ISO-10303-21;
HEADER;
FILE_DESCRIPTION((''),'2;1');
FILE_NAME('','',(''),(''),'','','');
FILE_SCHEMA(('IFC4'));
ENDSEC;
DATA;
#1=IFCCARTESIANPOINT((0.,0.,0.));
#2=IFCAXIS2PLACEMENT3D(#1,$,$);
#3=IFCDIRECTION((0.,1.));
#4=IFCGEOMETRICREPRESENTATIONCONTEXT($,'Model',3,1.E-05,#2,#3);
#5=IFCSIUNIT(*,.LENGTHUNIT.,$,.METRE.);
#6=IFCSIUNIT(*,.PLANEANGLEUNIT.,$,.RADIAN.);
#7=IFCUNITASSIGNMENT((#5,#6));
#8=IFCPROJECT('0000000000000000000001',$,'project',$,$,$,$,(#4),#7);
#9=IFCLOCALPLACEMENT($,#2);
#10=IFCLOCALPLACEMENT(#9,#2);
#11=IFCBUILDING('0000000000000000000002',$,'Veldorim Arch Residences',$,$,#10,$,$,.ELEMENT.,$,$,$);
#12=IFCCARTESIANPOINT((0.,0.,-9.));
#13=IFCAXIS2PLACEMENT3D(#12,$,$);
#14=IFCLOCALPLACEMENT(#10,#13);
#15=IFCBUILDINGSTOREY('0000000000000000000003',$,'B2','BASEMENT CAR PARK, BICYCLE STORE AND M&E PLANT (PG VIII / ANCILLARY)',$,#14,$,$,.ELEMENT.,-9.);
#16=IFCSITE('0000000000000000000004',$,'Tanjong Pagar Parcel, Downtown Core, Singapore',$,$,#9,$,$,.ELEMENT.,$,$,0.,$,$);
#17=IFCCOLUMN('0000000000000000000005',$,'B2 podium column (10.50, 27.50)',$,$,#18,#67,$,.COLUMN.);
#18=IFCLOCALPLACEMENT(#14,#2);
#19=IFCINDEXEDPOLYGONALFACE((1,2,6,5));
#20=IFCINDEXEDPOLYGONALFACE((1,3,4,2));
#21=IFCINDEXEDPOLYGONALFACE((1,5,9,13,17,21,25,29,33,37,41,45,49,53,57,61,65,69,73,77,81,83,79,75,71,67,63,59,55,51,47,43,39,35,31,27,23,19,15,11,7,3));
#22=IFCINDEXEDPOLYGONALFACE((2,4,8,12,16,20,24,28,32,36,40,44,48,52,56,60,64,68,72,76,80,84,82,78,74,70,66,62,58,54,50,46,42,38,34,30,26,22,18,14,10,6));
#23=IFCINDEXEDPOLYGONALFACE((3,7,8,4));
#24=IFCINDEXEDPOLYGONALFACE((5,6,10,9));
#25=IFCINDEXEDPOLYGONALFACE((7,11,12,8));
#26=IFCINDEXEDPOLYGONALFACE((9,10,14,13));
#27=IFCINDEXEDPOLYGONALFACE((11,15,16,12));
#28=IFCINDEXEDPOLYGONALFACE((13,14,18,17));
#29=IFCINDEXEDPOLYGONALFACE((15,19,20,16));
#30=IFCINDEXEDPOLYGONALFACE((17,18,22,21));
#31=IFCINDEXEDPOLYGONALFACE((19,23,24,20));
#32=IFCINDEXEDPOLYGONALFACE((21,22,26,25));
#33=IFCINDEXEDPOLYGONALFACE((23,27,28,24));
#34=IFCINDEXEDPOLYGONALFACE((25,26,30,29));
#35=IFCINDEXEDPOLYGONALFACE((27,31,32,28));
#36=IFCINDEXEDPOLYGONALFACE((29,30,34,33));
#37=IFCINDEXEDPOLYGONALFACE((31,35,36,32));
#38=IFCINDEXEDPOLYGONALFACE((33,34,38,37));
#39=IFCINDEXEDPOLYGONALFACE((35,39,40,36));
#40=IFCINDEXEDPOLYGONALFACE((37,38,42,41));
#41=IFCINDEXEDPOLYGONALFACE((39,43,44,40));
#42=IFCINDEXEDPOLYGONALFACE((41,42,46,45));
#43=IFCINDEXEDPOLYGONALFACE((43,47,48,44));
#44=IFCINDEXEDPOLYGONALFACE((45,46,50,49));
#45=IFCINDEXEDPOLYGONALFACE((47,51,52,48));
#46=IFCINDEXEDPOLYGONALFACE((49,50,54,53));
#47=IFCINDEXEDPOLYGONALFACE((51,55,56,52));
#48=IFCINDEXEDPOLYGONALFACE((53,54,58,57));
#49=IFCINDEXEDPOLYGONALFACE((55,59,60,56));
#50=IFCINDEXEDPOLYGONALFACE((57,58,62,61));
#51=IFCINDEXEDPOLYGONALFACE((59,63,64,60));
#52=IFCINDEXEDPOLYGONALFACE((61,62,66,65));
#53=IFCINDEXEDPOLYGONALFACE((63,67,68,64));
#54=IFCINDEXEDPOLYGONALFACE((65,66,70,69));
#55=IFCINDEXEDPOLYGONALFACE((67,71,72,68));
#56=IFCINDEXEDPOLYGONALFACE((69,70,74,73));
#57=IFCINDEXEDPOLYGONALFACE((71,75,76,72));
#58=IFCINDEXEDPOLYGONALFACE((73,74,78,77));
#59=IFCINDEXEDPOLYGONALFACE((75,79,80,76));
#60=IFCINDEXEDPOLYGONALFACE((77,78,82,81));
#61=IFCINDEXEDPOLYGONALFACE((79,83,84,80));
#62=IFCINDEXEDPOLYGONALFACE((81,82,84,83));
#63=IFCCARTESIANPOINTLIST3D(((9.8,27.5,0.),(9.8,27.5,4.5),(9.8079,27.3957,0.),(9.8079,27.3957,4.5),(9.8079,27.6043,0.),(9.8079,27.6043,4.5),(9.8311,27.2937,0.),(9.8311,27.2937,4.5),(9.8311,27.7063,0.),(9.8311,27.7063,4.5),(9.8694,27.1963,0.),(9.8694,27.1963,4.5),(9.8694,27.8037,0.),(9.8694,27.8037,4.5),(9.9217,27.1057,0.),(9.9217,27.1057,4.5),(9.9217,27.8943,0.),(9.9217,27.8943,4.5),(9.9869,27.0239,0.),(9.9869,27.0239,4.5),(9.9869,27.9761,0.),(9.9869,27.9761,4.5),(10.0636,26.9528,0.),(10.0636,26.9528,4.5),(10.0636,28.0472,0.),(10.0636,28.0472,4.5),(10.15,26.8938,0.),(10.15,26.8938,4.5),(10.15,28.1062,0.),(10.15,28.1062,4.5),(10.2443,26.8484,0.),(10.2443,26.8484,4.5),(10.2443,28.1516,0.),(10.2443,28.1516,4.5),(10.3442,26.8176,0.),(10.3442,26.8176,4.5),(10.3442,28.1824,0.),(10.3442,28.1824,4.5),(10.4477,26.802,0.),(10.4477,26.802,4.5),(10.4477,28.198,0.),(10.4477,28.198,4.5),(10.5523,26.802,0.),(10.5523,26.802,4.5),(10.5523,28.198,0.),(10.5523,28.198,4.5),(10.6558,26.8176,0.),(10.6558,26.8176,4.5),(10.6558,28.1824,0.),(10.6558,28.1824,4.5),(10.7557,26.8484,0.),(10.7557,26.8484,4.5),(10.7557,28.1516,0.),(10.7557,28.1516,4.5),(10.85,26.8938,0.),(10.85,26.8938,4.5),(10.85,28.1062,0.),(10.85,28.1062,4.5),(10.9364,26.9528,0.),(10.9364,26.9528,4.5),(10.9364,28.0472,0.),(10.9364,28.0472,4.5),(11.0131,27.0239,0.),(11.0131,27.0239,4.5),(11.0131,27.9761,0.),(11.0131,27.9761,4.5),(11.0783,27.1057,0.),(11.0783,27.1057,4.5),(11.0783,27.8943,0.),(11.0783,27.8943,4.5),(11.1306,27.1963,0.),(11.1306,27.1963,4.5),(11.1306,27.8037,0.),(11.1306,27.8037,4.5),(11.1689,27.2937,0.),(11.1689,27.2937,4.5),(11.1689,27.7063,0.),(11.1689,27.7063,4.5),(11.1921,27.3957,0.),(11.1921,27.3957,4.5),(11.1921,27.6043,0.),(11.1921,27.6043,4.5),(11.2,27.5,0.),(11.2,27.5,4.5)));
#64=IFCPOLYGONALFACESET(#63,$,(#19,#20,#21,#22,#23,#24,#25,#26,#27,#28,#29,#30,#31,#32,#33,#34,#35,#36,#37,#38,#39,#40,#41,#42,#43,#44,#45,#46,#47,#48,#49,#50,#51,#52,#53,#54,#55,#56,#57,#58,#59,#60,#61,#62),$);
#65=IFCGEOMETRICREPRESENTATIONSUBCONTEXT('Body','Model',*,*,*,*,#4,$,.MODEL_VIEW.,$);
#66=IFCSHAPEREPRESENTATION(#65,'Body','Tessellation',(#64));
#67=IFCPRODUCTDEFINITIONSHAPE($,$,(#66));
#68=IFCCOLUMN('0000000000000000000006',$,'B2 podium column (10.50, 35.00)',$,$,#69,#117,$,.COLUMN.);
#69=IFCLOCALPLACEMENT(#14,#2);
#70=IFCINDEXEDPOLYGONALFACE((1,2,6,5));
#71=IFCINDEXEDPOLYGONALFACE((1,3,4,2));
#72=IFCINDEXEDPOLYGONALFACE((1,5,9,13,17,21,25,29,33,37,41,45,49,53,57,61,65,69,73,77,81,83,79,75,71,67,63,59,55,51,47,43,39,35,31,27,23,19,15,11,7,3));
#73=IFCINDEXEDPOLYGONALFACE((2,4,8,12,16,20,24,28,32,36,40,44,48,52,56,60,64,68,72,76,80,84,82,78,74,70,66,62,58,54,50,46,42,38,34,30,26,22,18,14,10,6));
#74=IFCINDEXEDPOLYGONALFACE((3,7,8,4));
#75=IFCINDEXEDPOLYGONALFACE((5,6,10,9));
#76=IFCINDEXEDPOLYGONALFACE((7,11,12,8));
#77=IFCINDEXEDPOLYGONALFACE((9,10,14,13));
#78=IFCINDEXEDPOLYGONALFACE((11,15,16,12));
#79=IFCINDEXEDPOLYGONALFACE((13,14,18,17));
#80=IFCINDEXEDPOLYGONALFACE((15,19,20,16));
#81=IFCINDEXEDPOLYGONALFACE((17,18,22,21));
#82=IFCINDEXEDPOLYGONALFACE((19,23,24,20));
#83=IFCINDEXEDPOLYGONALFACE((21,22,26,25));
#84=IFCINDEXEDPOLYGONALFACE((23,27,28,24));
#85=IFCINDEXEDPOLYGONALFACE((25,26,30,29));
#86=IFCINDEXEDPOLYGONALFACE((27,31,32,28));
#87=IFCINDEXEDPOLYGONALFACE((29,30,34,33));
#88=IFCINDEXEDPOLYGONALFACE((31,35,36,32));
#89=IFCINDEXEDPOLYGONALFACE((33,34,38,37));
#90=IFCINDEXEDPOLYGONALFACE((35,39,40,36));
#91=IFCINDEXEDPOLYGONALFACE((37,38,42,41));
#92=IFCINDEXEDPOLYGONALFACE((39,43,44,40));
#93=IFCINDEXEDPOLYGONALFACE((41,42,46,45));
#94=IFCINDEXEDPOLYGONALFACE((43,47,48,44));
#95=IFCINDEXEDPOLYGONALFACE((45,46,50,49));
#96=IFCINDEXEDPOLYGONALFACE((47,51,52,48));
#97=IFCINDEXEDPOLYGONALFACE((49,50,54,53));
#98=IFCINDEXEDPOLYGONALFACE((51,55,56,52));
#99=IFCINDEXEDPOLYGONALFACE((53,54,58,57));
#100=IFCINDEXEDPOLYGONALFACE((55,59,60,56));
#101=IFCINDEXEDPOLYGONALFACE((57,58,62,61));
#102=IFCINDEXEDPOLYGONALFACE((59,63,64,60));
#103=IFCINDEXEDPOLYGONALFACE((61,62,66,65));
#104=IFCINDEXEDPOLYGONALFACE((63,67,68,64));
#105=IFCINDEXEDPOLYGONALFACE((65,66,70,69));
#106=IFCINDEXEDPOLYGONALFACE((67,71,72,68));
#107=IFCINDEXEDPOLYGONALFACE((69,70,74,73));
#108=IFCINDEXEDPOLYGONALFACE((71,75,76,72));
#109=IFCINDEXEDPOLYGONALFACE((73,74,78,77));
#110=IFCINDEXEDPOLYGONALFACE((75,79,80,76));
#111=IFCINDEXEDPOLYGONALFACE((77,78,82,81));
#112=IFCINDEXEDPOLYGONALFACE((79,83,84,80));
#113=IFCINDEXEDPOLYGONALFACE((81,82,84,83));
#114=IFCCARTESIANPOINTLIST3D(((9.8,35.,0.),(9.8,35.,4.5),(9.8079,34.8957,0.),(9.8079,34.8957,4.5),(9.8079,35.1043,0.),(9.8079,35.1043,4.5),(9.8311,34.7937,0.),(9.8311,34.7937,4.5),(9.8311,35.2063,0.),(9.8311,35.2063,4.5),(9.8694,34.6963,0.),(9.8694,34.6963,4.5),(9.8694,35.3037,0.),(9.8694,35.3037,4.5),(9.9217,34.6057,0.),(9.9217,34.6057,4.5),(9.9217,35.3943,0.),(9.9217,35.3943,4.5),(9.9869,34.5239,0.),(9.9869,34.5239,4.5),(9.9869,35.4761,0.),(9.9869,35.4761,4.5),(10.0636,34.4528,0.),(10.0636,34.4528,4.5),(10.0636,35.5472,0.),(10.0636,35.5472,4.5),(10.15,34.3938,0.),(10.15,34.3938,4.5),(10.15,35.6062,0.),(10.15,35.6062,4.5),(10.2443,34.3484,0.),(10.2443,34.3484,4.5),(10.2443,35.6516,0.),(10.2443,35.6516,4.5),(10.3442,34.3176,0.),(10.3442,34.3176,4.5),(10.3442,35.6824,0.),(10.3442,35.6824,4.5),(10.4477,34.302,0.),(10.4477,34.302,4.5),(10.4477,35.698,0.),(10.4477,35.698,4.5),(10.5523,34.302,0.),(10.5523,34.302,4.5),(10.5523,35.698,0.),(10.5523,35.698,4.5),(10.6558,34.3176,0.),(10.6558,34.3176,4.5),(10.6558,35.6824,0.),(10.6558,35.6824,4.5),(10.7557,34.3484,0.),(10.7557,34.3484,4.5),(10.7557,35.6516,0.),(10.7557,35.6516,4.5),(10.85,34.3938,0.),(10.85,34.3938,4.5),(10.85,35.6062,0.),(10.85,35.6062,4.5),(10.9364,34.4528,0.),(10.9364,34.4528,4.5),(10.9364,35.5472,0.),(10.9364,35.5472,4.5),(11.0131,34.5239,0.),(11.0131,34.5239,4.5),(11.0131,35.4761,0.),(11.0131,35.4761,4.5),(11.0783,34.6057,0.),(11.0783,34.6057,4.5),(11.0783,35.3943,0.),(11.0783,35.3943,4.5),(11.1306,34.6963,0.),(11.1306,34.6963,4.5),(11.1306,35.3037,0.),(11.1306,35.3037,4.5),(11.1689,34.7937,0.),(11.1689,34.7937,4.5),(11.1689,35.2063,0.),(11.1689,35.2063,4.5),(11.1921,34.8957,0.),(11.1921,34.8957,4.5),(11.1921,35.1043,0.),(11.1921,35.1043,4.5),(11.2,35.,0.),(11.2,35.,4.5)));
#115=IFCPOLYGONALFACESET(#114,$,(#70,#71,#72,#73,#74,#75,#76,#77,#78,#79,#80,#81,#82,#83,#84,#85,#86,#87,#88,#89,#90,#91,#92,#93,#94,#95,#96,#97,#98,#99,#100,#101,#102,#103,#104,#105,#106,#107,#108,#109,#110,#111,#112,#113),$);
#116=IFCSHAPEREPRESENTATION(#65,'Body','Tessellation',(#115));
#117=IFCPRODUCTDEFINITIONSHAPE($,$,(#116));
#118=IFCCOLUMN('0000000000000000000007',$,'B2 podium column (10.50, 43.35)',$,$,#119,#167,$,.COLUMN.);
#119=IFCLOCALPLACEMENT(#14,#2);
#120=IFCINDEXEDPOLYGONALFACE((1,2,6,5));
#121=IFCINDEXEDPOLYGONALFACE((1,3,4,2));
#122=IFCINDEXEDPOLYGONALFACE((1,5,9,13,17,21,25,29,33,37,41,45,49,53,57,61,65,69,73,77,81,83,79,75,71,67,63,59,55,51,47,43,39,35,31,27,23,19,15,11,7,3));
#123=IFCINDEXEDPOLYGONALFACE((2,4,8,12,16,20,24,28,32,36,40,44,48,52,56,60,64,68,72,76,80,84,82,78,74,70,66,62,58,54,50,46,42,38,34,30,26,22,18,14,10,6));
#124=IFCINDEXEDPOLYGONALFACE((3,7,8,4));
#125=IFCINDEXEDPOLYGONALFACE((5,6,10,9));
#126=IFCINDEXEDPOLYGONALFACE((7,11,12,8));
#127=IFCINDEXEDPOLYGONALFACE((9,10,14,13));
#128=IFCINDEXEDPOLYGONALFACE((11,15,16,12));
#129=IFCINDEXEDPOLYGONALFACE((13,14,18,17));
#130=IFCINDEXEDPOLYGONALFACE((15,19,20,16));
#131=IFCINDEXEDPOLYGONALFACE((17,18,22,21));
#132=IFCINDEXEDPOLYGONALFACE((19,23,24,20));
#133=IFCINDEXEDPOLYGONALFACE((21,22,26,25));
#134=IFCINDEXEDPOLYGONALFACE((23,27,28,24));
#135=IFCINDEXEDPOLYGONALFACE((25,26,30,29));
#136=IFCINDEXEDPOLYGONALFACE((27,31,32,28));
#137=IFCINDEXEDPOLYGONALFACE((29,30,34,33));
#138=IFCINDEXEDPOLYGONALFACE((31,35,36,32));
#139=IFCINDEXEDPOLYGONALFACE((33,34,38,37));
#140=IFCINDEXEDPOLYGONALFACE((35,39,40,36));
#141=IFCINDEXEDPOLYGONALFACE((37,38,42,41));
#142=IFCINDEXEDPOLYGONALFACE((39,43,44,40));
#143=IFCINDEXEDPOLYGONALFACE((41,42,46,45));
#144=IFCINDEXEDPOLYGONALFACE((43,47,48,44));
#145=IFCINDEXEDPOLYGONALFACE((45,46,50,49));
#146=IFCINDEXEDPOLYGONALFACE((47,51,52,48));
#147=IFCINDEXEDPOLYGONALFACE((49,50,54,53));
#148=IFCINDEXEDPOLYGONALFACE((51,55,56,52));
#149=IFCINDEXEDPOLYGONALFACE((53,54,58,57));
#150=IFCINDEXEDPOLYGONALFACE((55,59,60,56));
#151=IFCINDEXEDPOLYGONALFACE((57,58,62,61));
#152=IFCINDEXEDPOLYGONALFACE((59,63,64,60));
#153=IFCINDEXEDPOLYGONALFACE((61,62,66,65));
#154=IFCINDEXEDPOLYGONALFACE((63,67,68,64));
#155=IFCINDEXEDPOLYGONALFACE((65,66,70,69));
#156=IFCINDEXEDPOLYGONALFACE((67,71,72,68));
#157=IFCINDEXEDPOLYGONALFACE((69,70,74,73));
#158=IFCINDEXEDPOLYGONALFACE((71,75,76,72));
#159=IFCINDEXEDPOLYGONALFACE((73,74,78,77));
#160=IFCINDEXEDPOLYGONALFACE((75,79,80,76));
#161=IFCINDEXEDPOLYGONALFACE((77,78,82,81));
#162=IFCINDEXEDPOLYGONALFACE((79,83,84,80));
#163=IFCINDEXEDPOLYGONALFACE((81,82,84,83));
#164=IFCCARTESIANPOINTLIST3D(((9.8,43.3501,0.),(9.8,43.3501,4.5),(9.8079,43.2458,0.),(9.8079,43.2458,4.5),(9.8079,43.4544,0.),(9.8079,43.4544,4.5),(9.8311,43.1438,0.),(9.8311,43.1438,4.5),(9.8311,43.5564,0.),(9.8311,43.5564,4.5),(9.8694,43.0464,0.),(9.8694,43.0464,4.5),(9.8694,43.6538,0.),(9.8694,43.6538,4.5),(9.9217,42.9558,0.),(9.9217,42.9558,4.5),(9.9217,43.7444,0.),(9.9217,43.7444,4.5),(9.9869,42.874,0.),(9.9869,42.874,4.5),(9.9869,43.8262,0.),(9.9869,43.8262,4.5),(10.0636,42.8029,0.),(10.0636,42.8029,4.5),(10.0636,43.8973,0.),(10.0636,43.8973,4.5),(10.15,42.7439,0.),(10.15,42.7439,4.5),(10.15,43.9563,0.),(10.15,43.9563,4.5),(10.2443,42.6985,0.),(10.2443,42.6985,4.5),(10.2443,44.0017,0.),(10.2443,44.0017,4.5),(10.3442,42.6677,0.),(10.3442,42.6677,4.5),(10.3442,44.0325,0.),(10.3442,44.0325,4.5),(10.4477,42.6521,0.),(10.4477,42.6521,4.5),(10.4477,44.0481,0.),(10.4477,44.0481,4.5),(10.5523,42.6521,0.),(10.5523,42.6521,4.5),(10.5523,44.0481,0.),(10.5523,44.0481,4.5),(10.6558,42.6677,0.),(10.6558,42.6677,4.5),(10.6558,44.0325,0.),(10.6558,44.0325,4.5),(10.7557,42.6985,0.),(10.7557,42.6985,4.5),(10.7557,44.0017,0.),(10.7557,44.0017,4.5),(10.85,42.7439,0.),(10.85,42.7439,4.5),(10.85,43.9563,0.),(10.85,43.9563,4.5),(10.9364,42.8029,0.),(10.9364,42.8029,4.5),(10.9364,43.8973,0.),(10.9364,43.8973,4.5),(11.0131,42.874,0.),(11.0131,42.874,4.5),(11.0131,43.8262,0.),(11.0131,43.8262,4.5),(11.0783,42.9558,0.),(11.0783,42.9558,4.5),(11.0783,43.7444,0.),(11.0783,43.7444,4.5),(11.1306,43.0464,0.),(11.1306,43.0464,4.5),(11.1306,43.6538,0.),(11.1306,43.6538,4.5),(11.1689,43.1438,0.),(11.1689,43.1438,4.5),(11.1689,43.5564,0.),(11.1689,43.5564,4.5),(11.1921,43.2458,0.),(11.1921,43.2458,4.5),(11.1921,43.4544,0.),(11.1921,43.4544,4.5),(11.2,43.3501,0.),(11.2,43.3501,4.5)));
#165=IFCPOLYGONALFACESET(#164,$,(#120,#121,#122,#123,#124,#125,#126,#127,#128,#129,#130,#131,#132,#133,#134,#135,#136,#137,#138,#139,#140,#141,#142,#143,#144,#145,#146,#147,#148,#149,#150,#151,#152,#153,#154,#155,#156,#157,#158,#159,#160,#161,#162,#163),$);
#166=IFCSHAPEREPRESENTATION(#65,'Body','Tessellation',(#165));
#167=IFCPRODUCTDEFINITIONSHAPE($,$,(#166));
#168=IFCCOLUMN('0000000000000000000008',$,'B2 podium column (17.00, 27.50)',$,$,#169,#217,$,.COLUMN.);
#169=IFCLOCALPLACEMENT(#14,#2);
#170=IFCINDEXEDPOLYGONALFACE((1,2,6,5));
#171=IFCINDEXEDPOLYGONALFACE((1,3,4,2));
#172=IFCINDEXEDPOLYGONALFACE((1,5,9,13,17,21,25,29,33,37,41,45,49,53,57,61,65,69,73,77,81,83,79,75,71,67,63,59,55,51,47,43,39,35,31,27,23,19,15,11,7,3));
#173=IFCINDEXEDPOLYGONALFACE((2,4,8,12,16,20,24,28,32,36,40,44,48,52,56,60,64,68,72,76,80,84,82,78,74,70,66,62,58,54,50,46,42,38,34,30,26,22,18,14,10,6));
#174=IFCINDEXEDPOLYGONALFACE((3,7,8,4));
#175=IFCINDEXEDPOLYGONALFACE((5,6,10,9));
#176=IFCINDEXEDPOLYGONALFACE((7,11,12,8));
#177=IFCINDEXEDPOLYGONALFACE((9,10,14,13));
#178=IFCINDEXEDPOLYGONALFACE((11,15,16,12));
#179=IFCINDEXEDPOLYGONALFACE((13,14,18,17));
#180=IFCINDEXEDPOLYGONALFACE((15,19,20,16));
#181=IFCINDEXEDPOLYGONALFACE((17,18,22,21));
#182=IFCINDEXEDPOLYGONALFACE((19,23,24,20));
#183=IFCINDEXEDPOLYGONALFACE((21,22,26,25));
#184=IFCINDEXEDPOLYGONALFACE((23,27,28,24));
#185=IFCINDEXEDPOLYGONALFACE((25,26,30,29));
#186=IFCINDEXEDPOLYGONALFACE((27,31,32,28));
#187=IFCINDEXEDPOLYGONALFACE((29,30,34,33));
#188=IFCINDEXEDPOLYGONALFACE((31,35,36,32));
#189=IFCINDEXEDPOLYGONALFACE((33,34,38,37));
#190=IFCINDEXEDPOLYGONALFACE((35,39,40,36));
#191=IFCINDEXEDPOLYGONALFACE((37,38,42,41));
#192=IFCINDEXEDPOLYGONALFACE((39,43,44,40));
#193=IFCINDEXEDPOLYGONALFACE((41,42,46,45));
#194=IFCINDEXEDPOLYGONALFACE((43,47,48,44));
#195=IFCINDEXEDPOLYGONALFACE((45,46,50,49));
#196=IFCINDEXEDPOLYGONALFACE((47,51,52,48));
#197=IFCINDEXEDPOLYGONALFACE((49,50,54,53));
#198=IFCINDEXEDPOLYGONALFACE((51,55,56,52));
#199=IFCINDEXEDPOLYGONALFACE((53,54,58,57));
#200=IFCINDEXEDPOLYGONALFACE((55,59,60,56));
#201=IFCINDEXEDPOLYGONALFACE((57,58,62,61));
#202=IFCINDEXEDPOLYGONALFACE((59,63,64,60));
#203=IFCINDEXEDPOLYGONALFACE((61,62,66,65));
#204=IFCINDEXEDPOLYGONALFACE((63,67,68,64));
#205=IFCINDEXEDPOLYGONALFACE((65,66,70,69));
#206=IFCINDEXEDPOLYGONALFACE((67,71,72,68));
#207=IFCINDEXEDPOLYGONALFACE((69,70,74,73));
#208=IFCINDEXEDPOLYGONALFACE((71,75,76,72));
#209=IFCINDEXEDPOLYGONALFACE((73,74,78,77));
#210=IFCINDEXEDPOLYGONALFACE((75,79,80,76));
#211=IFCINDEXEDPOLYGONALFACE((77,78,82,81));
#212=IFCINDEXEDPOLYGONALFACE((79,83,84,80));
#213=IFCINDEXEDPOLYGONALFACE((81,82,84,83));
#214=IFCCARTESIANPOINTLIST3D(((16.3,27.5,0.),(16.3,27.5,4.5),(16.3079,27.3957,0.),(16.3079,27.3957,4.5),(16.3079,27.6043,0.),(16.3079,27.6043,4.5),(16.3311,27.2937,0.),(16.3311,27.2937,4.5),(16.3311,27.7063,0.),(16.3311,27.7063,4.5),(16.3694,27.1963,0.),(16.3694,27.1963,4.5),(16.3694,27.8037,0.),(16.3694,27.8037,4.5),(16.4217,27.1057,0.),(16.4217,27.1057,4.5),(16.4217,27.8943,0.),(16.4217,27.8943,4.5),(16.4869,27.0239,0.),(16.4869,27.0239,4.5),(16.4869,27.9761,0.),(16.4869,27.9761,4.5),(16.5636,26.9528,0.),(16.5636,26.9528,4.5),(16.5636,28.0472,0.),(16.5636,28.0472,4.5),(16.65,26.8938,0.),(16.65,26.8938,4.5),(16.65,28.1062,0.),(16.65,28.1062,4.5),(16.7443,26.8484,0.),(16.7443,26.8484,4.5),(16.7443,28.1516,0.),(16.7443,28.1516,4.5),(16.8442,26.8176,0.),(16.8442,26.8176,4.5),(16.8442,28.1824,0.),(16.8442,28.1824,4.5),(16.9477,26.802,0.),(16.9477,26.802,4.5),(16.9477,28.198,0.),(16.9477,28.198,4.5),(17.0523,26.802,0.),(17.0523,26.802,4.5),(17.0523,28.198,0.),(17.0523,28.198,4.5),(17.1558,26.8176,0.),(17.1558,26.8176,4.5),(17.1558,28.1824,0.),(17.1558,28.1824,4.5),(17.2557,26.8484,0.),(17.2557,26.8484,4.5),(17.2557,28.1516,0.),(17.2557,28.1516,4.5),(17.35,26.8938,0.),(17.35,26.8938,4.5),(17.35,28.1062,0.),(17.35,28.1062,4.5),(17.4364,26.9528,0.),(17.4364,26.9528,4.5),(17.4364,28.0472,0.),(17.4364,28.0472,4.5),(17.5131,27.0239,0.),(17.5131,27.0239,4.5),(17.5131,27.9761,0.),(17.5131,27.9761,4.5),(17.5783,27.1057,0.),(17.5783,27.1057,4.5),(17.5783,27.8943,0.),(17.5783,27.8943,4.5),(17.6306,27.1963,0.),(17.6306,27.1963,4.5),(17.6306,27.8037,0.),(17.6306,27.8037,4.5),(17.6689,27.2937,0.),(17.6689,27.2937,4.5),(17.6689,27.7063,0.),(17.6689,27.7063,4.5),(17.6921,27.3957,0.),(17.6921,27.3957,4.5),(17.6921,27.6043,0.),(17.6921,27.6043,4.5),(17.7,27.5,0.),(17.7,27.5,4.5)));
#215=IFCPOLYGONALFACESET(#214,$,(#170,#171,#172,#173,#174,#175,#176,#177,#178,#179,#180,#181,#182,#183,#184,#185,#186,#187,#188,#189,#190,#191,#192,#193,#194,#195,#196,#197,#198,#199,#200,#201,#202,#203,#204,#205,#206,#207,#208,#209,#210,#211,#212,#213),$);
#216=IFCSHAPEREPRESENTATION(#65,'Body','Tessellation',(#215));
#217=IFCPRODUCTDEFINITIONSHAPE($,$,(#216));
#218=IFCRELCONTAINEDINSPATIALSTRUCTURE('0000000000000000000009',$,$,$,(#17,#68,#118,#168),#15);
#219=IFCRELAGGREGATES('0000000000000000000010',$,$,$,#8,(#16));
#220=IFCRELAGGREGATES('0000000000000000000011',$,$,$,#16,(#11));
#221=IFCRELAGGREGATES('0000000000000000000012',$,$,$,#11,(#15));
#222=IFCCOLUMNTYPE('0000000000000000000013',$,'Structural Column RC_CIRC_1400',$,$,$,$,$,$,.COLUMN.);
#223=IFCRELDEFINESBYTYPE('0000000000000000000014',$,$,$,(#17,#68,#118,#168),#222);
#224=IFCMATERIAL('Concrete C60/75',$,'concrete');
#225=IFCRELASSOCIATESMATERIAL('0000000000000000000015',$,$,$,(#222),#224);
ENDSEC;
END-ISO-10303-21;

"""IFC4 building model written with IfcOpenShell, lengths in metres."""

from ifc_helpers import new_model, si_unit, direction, frame, origin, origin_2d, place, context, subcontext, project, spatial, circle, extrude, material, material_profile, profile_set, type_object, element, save


model = new_model("IFC4")

# Units and contexts
model_context = context("Model", 3, precision=1e-05, world=origin(), true_north=direction((0.0, 1.0)))
body_context = subcontext(model_context, "Body", "Model", "MODEL_VIEW")
ifc_project = project(units=[si_unit("LENGTHUNIT", "METRE"), si_unit("PLANEANGLEUNIT", "RADIAN")], contexts=[model_context])

# Site, building, storey
site_placement = place(None, origin())
site = spatial("IfcSite", under=ifc_project, at=site_placement, Name="Tanjong Pagar Parcel, Downtown Core, Singapore", CompositionType="ELEMENT", RefElevation=0.0)
building_placement = place(site_placement, origin())
building = spatial("IfcBuilding", under=site, at=building_placement, Name="Veldorim Arch Residences", CompositionType="ELEMENT")
storey_placement = place(building_placement, frame((0.0, 0.0, -9.0)))
storey = spatial("IfcBuildingStorey", under=building, at=storey_placement, Name="B2", Description="BASEMENT CAR PARK, BICYCLE STORE AND M&E PLANT (PG VIII / ANCILLARY)", CompositionType="ELEMENT", Elevation=-9.0)

# Columns
ifc_material_1 = material(Name="Concrete C60/75", Category="concrete")
ifc_material_profile_1 = material_profile(ifc_material_1, circle(Radius=0.7, at=origin_2d()), Name="RC_CIRC_1400")
ifc_profile_set_1 = profile_set([ifc_material_profile_1], Name="Concrete C60/75")
column_type = type_object("IfcColumnType", Name="Structural Column RC_CIRC_1400", PredefinedType="COLUMN", material=ifc_profile_set_1)
for number, where, z_axis, x_axis, name in (
    (1, (10.5, 27.5, 0.0), (0.0, 0.0, 1.0), (1.0, 0.0, 0.0), "B2 podium column (10.50, 27.50)"),
    (2, (10.5, 35.0, 0.0), (0.0, 0.0, 1.0), (1.0, 0.0, 0.0), "B2 podium column (10.50, 35.00)"),
    (3, (10.5, 43.3501, 0.0), (0.0, 0.0, 1.0), (1.0, 0.0, 0.0), "B2 podium column (10.50, 43.35)"),
    (4, (17.0, 27.5, 0.0), (0.0, 0.0, 1.0), (1.0, 0.0, 0.0), "B2 podium column (17.00, 27.50)"),
):
    element("IfcColumn", number, at=place(storey_placement, frame(where, z_axis=z_axis, x_axis=x_axis)), inside=storey, type_object=column_type, Name=name, PredefinedType="COLUMN", context=body_context, shape_type="SweptSolid", body=[
        extrude(circle(Radius=0.7, at=origin_2d()), origin(), (0.0, 0.0, 1.0), 4.5),
    ])

save(model, "model.ifc")
